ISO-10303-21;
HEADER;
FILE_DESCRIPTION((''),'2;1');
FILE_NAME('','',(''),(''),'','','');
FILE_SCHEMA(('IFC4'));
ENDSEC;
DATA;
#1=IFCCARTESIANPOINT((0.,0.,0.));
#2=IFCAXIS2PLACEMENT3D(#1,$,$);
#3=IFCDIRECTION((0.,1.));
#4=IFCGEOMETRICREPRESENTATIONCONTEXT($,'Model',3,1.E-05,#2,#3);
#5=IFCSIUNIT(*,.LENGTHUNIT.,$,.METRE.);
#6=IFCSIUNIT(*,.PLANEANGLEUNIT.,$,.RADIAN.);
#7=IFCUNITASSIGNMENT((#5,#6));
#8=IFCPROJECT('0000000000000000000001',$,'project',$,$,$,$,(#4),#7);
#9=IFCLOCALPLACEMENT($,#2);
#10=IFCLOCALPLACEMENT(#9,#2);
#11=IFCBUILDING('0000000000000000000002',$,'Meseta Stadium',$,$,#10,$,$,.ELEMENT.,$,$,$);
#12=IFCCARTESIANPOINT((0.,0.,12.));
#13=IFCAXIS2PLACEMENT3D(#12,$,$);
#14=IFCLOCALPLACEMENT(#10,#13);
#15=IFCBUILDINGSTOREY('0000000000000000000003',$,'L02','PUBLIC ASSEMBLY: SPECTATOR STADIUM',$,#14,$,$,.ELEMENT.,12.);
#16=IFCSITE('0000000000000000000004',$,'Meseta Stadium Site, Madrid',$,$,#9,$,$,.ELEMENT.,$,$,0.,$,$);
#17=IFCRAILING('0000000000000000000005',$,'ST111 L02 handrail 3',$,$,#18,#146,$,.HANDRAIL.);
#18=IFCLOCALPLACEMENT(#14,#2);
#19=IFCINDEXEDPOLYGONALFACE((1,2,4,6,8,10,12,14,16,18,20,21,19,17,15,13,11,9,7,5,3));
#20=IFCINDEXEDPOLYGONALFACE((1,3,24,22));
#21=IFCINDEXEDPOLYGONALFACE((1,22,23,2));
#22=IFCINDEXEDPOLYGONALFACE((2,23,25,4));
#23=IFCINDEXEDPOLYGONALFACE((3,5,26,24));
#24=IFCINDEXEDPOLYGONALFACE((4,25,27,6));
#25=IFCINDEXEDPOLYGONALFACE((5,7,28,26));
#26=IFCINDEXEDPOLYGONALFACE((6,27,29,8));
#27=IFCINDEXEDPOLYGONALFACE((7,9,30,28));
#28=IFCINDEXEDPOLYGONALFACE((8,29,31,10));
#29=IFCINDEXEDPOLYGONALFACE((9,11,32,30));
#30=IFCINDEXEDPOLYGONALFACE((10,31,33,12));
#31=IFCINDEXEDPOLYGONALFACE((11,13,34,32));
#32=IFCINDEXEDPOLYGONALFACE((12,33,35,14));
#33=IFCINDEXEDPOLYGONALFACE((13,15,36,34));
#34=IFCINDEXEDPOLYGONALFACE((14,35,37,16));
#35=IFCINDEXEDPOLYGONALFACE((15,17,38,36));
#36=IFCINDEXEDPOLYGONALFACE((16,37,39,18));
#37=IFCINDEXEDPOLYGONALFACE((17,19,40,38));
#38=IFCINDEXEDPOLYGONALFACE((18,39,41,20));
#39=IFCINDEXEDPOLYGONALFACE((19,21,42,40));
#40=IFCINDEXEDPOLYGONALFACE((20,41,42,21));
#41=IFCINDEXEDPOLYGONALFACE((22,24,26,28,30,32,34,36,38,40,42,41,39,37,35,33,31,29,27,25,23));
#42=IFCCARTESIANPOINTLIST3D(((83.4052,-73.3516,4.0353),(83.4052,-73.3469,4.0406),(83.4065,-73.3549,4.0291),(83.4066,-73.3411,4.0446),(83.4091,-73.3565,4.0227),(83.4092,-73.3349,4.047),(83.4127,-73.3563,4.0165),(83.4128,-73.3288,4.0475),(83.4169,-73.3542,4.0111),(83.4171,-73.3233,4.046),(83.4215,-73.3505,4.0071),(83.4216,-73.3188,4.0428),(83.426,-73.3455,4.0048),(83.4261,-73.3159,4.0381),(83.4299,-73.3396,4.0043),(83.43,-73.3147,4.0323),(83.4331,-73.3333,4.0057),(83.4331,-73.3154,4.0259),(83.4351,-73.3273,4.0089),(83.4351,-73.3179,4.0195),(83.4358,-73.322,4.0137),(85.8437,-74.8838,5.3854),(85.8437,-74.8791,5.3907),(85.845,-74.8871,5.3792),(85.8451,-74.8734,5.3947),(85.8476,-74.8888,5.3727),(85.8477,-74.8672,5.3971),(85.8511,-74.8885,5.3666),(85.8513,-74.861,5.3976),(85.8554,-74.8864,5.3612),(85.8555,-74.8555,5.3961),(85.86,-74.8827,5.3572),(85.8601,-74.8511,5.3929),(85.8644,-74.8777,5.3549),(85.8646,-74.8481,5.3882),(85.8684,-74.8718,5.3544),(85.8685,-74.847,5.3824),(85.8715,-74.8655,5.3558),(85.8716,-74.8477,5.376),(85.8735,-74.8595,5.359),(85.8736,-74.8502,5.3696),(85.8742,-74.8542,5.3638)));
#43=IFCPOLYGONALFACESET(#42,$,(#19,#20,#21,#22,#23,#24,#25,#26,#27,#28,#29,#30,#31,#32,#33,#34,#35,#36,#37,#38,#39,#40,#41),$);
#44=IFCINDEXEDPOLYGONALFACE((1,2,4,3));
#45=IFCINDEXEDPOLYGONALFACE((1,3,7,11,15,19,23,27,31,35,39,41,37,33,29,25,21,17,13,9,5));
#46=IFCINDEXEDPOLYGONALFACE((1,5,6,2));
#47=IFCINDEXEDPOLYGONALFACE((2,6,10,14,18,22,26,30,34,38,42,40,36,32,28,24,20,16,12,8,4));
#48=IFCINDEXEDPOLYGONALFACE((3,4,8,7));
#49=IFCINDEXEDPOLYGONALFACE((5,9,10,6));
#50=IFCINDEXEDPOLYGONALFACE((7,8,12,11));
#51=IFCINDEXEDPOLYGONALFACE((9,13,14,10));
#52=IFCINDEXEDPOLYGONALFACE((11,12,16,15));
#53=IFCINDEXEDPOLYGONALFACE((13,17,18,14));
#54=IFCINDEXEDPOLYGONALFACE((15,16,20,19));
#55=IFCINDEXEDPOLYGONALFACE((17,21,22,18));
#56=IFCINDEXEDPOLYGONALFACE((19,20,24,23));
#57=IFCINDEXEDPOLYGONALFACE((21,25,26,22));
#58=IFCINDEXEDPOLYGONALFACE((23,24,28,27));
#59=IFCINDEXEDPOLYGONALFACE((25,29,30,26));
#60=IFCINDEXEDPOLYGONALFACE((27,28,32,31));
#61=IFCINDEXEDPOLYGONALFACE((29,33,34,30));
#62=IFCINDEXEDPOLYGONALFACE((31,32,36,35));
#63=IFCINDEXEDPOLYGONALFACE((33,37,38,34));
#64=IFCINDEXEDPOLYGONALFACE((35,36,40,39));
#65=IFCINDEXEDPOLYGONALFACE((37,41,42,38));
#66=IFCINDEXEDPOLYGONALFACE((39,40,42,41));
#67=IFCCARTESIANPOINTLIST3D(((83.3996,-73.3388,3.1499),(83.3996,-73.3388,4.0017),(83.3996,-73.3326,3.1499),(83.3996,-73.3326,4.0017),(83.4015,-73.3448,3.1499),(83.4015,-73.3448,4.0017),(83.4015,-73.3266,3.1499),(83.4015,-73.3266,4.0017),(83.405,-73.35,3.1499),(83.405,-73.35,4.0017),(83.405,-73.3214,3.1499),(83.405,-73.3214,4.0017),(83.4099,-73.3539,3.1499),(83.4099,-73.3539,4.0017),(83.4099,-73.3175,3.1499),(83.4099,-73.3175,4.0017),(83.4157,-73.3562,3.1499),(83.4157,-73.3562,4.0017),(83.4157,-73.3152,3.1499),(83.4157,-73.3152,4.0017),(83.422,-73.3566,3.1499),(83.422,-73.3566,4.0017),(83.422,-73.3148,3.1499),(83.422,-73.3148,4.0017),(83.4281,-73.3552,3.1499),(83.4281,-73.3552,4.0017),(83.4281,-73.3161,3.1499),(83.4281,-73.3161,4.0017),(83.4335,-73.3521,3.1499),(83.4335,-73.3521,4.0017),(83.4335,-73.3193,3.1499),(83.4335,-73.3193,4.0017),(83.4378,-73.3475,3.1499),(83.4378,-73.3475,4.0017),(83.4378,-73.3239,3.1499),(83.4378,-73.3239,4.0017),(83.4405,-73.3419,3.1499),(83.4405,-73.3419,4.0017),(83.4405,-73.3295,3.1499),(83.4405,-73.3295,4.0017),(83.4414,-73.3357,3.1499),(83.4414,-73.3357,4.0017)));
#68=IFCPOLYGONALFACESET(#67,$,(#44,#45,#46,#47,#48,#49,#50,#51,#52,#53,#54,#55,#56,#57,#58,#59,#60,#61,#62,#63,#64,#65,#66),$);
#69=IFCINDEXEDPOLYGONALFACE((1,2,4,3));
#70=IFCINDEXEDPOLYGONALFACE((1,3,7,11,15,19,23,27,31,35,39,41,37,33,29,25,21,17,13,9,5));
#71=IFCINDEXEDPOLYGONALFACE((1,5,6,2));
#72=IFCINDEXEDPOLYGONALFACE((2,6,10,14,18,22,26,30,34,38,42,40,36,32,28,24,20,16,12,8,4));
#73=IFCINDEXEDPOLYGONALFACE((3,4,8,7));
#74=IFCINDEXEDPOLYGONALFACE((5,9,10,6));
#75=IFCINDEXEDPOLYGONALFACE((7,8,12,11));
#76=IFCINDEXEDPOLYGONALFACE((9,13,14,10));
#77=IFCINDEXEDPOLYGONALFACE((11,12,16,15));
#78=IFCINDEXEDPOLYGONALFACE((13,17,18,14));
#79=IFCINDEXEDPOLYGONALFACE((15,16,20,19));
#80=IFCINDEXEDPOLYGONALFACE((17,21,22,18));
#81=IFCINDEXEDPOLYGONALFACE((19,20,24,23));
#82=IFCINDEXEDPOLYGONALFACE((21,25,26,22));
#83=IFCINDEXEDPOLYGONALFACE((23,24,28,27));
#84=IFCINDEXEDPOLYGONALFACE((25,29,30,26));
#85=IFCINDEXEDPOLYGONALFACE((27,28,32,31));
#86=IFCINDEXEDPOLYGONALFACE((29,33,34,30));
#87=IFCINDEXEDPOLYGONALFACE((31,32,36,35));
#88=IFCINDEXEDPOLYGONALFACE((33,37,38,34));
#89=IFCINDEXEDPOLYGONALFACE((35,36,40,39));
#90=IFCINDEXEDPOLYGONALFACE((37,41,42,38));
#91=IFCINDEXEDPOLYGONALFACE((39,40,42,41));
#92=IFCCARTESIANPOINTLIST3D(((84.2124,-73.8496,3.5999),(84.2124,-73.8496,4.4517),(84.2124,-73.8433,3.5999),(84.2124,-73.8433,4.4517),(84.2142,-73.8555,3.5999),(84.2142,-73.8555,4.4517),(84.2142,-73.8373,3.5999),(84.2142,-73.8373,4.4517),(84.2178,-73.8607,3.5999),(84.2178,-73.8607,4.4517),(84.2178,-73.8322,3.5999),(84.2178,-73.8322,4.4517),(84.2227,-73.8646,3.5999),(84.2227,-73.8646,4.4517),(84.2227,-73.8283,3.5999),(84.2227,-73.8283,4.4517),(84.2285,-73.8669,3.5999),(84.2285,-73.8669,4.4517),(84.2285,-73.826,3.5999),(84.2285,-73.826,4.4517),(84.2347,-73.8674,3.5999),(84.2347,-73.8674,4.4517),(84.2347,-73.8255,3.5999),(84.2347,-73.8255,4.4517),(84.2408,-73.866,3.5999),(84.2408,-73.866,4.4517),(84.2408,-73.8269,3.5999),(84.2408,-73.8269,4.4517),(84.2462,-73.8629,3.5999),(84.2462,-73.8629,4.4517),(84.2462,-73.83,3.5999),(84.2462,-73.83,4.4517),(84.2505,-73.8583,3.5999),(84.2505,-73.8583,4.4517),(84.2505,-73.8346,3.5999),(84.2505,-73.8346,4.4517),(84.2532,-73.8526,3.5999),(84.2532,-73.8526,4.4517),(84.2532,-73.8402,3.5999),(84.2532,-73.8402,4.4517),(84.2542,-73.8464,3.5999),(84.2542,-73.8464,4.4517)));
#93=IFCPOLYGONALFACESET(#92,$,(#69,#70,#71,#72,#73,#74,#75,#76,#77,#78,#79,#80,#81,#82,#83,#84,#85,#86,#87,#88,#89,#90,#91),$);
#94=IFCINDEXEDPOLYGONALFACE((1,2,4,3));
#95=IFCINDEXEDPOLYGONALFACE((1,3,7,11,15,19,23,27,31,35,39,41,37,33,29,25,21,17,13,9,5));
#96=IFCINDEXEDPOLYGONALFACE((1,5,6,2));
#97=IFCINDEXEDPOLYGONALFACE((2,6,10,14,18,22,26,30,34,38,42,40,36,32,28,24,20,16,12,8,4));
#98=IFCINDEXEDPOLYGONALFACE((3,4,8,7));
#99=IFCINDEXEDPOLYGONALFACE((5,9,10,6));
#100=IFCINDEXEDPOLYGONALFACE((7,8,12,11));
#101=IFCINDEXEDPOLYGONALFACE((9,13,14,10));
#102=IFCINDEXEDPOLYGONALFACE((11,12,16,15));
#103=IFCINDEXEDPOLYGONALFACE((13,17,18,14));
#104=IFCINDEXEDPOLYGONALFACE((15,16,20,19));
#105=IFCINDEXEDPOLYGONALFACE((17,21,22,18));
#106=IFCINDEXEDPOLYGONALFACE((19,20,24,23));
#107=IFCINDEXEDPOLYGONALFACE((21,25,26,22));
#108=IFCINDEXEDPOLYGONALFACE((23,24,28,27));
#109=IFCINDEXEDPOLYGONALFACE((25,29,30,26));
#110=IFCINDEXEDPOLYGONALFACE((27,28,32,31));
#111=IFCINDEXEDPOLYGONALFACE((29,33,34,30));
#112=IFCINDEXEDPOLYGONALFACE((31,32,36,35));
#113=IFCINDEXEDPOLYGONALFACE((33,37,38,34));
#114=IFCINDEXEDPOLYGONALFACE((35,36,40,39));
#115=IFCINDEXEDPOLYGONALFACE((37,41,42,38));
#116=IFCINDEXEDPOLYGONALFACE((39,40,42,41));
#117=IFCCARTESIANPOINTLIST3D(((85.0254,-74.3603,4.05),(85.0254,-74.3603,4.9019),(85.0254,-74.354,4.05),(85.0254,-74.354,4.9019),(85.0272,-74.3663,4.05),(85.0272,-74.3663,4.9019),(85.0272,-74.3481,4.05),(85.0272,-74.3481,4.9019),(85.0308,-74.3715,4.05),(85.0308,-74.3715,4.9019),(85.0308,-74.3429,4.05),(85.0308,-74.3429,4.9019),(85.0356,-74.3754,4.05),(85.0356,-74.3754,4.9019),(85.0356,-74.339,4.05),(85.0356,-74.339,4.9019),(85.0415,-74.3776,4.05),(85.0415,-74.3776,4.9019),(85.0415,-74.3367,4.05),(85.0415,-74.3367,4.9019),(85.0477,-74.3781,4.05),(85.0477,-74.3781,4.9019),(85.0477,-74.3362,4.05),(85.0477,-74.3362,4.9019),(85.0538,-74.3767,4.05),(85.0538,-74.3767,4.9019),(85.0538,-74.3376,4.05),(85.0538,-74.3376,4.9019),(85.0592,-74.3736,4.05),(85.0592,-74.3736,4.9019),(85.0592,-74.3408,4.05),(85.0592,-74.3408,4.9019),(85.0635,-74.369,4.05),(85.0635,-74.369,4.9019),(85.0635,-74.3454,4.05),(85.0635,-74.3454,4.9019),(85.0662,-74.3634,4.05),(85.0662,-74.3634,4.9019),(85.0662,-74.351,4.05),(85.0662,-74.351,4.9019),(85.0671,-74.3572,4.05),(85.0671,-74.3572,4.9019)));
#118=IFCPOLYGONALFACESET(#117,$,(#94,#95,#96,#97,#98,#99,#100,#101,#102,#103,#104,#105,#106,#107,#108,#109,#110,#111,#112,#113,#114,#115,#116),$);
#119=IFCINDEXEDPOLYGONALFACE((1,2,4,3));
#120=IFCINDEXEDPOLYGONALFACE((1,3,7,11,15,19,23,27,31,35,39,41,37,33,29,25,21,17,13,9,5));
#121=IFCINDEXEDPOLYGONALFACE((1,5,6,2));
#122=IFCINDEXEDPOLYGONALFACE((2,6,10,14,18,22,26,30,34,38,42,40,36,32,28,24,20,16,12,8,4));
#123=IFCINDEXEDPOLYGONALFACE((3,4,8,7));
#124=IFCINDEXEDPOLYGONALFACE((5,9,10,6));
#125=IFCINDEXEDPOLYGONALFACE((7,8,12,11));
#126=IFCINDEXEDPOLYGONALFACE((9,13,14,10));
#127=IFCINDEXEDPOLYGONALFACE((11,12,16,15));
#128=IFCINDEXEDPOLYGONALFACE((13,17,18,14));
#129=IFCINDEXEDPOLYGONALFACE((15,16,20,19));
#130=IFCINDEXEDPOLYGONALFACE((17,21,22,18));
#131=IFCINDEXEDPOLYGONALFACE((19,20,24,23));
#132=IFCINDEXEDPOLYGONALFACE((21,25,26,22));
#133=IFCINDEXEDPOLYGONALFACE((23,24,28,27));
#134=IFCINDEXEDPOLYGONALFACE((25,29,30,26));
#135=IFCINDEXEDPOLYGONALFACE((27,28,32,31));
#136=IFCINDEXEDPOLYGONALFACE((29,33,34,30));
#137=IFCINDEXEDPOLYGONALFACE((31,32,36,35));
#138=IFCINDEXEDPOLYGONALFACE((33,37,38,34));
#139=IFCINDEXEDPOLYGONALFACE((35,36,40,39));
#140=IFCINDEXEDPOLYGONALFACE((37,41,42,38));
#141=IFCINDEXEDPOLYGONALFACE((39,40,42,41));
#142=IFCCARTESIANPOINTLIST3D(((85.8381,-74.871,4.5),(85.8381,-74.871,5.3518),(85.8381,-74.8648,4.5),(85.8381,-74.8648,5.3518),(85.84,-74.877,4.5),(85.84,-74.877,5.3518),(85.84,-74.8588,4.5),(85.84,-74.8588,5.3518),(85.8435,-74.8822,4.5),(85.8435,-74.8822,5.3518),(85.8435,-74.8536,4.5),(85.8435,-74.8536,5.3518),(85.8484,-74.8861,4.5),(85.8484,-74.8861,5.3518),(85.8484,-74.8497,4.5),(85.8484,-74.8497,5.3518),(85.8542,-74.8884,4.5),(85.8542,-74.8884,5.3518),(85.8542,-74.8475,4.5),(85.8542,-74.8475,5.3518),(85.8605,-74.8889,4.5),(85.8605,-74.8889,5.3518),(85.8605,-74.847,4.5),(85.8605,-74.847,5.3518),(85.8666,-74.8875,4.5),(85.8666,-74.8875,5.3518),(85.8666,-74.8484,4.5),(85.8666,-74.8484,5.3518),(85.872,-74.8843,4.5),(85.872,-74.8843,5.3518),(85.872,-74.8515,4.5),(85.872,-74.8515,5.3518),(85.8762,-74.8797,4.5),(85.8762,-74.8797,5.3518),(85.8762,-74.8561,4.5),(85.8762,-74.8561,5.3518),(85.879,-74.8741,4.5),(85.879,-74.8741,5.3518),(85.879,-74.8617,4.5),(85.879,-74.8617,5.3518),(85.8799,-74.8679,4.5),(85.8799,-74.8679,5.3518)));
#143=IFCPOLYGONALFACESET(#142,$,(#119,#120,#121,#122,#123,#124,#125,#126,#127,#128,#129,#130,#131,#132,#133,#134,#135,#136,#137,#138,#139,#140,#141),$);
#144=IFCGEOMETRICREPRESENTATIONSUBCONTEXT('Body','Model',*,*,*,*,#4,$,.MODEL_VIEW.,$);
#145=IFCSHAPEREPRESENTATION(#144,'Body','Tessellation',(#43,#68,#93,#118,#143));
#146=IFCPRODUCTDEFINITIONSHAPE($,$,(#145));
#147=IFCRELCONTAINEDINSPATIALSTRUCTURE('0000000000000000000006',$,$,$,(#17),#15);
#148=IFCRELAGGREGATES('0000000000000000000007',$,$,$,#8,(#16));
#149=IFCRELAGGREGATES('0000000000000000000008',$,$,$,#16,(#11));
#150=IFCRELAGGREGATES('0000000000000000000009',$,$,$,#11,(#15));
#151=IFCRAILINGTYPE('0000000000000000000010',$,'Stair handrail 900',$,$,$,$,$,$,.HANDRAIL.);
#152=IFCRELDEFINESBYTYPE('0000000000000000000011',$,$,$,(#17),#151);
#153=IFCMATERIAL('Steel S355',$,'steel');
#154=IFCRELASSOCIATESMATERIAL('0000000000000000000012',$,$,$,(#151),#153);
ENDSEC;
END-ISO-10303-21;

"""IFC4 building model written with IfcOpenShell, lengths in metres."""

from ifc_helpers import new_model, si_unit, direction, frame, origin, origin_2d, place, context, subcontext, project, spatial, circle, extrude, material, type_object, element, save


model = new_model("IFC4")

# Units and contexts
model_context = context("Model", 3, precision=1e-05, world=origin(), true_north=direction((0.0, 1.0)))
body_context = subcontext(model_context, "Body", "Model", "MODEL_VIEW")
ifc_project = project(units=[si_unit("LENGTHUNIT", "METRE"), si_unit("PLANEANGLEUNIT", "RADIAN")], contexts=[model_context])

# Site, building, storey
site_placement = place(None, origin())
site = spatial("IfcSite", under=ifc_project, at=site_placement, Name="Meseta Stadium Site, Madrid", CompositionType="ELEMENT", RefElevation=0.0)
building_placement = place(site_placement, origin())
building = spatial("IfcBuilding", under=site, at=building_placement, Name="Meseta Stadium", CompositionType="ELEMENT")
storey_placement = place(building_placement, frame((0.0, 0.0, 12.0)))
storey = spatial("IfcBuildingStorey", under=building, at=storey_placement, Name="L02", Description="PUBLIC ASSEMBLY: SPECTATOR STADIUM", CompositionType="ELEMENT", Elevation=12.0)

# Railing
ifc_material_1 = material(Name="Steel S355", Category="steel")
railing_type_1 = type_object("IfcRailingType", Name="Stair handrail 900", PredefinedType="HANDRAIL", material=ifc_material_1)
for number, where, name in (
    (1, (83.4204, -73.3357, 3.1499), "ST111 L02 handrail 3"),
):
    element("IfcRailing", number, at=place(storey_placement, frame(where)), inside=storey, type_object=railing_type_1, Name=name, PredefinedType="HANDRAIL", context=body_context, shape_type="SweptSolid", body=[
        extrude(circle(Radius=0.0239, at=origin_2d()), frame((0.0, 0.0, 0.876), z_axis=(0.766655, -0.481731, 0.42447), x_axis=(0.53204, 0.846719, 0.0)), (0.0, 0.0, 1.0), 3.1807),
        extrude(circle(Radius=0.021, at=origin_2d()), origin(), (0.0, 0.0, 1.0), 0.8518),
        extrude(circle(Radius=0.021, at=origin_2d()), frame((0.8127, -0.5107, 0.45)), (0.0, 0.0, 1.0), 0.8518),
        extrude(circle(Radius=0.021, at=origin_2d()), frame((1.6257, -1.0215, 0.9001)), (0.0, 0.0, 1.0), 0.8518),
        extrude(circle(Radius=0.021, at=origin_2d()), frame((2.4385, -1.5322, 1.3501)), (0.0, 0.0, 1.0), 0.8518),
    ])

save(model, "model.ifc")
